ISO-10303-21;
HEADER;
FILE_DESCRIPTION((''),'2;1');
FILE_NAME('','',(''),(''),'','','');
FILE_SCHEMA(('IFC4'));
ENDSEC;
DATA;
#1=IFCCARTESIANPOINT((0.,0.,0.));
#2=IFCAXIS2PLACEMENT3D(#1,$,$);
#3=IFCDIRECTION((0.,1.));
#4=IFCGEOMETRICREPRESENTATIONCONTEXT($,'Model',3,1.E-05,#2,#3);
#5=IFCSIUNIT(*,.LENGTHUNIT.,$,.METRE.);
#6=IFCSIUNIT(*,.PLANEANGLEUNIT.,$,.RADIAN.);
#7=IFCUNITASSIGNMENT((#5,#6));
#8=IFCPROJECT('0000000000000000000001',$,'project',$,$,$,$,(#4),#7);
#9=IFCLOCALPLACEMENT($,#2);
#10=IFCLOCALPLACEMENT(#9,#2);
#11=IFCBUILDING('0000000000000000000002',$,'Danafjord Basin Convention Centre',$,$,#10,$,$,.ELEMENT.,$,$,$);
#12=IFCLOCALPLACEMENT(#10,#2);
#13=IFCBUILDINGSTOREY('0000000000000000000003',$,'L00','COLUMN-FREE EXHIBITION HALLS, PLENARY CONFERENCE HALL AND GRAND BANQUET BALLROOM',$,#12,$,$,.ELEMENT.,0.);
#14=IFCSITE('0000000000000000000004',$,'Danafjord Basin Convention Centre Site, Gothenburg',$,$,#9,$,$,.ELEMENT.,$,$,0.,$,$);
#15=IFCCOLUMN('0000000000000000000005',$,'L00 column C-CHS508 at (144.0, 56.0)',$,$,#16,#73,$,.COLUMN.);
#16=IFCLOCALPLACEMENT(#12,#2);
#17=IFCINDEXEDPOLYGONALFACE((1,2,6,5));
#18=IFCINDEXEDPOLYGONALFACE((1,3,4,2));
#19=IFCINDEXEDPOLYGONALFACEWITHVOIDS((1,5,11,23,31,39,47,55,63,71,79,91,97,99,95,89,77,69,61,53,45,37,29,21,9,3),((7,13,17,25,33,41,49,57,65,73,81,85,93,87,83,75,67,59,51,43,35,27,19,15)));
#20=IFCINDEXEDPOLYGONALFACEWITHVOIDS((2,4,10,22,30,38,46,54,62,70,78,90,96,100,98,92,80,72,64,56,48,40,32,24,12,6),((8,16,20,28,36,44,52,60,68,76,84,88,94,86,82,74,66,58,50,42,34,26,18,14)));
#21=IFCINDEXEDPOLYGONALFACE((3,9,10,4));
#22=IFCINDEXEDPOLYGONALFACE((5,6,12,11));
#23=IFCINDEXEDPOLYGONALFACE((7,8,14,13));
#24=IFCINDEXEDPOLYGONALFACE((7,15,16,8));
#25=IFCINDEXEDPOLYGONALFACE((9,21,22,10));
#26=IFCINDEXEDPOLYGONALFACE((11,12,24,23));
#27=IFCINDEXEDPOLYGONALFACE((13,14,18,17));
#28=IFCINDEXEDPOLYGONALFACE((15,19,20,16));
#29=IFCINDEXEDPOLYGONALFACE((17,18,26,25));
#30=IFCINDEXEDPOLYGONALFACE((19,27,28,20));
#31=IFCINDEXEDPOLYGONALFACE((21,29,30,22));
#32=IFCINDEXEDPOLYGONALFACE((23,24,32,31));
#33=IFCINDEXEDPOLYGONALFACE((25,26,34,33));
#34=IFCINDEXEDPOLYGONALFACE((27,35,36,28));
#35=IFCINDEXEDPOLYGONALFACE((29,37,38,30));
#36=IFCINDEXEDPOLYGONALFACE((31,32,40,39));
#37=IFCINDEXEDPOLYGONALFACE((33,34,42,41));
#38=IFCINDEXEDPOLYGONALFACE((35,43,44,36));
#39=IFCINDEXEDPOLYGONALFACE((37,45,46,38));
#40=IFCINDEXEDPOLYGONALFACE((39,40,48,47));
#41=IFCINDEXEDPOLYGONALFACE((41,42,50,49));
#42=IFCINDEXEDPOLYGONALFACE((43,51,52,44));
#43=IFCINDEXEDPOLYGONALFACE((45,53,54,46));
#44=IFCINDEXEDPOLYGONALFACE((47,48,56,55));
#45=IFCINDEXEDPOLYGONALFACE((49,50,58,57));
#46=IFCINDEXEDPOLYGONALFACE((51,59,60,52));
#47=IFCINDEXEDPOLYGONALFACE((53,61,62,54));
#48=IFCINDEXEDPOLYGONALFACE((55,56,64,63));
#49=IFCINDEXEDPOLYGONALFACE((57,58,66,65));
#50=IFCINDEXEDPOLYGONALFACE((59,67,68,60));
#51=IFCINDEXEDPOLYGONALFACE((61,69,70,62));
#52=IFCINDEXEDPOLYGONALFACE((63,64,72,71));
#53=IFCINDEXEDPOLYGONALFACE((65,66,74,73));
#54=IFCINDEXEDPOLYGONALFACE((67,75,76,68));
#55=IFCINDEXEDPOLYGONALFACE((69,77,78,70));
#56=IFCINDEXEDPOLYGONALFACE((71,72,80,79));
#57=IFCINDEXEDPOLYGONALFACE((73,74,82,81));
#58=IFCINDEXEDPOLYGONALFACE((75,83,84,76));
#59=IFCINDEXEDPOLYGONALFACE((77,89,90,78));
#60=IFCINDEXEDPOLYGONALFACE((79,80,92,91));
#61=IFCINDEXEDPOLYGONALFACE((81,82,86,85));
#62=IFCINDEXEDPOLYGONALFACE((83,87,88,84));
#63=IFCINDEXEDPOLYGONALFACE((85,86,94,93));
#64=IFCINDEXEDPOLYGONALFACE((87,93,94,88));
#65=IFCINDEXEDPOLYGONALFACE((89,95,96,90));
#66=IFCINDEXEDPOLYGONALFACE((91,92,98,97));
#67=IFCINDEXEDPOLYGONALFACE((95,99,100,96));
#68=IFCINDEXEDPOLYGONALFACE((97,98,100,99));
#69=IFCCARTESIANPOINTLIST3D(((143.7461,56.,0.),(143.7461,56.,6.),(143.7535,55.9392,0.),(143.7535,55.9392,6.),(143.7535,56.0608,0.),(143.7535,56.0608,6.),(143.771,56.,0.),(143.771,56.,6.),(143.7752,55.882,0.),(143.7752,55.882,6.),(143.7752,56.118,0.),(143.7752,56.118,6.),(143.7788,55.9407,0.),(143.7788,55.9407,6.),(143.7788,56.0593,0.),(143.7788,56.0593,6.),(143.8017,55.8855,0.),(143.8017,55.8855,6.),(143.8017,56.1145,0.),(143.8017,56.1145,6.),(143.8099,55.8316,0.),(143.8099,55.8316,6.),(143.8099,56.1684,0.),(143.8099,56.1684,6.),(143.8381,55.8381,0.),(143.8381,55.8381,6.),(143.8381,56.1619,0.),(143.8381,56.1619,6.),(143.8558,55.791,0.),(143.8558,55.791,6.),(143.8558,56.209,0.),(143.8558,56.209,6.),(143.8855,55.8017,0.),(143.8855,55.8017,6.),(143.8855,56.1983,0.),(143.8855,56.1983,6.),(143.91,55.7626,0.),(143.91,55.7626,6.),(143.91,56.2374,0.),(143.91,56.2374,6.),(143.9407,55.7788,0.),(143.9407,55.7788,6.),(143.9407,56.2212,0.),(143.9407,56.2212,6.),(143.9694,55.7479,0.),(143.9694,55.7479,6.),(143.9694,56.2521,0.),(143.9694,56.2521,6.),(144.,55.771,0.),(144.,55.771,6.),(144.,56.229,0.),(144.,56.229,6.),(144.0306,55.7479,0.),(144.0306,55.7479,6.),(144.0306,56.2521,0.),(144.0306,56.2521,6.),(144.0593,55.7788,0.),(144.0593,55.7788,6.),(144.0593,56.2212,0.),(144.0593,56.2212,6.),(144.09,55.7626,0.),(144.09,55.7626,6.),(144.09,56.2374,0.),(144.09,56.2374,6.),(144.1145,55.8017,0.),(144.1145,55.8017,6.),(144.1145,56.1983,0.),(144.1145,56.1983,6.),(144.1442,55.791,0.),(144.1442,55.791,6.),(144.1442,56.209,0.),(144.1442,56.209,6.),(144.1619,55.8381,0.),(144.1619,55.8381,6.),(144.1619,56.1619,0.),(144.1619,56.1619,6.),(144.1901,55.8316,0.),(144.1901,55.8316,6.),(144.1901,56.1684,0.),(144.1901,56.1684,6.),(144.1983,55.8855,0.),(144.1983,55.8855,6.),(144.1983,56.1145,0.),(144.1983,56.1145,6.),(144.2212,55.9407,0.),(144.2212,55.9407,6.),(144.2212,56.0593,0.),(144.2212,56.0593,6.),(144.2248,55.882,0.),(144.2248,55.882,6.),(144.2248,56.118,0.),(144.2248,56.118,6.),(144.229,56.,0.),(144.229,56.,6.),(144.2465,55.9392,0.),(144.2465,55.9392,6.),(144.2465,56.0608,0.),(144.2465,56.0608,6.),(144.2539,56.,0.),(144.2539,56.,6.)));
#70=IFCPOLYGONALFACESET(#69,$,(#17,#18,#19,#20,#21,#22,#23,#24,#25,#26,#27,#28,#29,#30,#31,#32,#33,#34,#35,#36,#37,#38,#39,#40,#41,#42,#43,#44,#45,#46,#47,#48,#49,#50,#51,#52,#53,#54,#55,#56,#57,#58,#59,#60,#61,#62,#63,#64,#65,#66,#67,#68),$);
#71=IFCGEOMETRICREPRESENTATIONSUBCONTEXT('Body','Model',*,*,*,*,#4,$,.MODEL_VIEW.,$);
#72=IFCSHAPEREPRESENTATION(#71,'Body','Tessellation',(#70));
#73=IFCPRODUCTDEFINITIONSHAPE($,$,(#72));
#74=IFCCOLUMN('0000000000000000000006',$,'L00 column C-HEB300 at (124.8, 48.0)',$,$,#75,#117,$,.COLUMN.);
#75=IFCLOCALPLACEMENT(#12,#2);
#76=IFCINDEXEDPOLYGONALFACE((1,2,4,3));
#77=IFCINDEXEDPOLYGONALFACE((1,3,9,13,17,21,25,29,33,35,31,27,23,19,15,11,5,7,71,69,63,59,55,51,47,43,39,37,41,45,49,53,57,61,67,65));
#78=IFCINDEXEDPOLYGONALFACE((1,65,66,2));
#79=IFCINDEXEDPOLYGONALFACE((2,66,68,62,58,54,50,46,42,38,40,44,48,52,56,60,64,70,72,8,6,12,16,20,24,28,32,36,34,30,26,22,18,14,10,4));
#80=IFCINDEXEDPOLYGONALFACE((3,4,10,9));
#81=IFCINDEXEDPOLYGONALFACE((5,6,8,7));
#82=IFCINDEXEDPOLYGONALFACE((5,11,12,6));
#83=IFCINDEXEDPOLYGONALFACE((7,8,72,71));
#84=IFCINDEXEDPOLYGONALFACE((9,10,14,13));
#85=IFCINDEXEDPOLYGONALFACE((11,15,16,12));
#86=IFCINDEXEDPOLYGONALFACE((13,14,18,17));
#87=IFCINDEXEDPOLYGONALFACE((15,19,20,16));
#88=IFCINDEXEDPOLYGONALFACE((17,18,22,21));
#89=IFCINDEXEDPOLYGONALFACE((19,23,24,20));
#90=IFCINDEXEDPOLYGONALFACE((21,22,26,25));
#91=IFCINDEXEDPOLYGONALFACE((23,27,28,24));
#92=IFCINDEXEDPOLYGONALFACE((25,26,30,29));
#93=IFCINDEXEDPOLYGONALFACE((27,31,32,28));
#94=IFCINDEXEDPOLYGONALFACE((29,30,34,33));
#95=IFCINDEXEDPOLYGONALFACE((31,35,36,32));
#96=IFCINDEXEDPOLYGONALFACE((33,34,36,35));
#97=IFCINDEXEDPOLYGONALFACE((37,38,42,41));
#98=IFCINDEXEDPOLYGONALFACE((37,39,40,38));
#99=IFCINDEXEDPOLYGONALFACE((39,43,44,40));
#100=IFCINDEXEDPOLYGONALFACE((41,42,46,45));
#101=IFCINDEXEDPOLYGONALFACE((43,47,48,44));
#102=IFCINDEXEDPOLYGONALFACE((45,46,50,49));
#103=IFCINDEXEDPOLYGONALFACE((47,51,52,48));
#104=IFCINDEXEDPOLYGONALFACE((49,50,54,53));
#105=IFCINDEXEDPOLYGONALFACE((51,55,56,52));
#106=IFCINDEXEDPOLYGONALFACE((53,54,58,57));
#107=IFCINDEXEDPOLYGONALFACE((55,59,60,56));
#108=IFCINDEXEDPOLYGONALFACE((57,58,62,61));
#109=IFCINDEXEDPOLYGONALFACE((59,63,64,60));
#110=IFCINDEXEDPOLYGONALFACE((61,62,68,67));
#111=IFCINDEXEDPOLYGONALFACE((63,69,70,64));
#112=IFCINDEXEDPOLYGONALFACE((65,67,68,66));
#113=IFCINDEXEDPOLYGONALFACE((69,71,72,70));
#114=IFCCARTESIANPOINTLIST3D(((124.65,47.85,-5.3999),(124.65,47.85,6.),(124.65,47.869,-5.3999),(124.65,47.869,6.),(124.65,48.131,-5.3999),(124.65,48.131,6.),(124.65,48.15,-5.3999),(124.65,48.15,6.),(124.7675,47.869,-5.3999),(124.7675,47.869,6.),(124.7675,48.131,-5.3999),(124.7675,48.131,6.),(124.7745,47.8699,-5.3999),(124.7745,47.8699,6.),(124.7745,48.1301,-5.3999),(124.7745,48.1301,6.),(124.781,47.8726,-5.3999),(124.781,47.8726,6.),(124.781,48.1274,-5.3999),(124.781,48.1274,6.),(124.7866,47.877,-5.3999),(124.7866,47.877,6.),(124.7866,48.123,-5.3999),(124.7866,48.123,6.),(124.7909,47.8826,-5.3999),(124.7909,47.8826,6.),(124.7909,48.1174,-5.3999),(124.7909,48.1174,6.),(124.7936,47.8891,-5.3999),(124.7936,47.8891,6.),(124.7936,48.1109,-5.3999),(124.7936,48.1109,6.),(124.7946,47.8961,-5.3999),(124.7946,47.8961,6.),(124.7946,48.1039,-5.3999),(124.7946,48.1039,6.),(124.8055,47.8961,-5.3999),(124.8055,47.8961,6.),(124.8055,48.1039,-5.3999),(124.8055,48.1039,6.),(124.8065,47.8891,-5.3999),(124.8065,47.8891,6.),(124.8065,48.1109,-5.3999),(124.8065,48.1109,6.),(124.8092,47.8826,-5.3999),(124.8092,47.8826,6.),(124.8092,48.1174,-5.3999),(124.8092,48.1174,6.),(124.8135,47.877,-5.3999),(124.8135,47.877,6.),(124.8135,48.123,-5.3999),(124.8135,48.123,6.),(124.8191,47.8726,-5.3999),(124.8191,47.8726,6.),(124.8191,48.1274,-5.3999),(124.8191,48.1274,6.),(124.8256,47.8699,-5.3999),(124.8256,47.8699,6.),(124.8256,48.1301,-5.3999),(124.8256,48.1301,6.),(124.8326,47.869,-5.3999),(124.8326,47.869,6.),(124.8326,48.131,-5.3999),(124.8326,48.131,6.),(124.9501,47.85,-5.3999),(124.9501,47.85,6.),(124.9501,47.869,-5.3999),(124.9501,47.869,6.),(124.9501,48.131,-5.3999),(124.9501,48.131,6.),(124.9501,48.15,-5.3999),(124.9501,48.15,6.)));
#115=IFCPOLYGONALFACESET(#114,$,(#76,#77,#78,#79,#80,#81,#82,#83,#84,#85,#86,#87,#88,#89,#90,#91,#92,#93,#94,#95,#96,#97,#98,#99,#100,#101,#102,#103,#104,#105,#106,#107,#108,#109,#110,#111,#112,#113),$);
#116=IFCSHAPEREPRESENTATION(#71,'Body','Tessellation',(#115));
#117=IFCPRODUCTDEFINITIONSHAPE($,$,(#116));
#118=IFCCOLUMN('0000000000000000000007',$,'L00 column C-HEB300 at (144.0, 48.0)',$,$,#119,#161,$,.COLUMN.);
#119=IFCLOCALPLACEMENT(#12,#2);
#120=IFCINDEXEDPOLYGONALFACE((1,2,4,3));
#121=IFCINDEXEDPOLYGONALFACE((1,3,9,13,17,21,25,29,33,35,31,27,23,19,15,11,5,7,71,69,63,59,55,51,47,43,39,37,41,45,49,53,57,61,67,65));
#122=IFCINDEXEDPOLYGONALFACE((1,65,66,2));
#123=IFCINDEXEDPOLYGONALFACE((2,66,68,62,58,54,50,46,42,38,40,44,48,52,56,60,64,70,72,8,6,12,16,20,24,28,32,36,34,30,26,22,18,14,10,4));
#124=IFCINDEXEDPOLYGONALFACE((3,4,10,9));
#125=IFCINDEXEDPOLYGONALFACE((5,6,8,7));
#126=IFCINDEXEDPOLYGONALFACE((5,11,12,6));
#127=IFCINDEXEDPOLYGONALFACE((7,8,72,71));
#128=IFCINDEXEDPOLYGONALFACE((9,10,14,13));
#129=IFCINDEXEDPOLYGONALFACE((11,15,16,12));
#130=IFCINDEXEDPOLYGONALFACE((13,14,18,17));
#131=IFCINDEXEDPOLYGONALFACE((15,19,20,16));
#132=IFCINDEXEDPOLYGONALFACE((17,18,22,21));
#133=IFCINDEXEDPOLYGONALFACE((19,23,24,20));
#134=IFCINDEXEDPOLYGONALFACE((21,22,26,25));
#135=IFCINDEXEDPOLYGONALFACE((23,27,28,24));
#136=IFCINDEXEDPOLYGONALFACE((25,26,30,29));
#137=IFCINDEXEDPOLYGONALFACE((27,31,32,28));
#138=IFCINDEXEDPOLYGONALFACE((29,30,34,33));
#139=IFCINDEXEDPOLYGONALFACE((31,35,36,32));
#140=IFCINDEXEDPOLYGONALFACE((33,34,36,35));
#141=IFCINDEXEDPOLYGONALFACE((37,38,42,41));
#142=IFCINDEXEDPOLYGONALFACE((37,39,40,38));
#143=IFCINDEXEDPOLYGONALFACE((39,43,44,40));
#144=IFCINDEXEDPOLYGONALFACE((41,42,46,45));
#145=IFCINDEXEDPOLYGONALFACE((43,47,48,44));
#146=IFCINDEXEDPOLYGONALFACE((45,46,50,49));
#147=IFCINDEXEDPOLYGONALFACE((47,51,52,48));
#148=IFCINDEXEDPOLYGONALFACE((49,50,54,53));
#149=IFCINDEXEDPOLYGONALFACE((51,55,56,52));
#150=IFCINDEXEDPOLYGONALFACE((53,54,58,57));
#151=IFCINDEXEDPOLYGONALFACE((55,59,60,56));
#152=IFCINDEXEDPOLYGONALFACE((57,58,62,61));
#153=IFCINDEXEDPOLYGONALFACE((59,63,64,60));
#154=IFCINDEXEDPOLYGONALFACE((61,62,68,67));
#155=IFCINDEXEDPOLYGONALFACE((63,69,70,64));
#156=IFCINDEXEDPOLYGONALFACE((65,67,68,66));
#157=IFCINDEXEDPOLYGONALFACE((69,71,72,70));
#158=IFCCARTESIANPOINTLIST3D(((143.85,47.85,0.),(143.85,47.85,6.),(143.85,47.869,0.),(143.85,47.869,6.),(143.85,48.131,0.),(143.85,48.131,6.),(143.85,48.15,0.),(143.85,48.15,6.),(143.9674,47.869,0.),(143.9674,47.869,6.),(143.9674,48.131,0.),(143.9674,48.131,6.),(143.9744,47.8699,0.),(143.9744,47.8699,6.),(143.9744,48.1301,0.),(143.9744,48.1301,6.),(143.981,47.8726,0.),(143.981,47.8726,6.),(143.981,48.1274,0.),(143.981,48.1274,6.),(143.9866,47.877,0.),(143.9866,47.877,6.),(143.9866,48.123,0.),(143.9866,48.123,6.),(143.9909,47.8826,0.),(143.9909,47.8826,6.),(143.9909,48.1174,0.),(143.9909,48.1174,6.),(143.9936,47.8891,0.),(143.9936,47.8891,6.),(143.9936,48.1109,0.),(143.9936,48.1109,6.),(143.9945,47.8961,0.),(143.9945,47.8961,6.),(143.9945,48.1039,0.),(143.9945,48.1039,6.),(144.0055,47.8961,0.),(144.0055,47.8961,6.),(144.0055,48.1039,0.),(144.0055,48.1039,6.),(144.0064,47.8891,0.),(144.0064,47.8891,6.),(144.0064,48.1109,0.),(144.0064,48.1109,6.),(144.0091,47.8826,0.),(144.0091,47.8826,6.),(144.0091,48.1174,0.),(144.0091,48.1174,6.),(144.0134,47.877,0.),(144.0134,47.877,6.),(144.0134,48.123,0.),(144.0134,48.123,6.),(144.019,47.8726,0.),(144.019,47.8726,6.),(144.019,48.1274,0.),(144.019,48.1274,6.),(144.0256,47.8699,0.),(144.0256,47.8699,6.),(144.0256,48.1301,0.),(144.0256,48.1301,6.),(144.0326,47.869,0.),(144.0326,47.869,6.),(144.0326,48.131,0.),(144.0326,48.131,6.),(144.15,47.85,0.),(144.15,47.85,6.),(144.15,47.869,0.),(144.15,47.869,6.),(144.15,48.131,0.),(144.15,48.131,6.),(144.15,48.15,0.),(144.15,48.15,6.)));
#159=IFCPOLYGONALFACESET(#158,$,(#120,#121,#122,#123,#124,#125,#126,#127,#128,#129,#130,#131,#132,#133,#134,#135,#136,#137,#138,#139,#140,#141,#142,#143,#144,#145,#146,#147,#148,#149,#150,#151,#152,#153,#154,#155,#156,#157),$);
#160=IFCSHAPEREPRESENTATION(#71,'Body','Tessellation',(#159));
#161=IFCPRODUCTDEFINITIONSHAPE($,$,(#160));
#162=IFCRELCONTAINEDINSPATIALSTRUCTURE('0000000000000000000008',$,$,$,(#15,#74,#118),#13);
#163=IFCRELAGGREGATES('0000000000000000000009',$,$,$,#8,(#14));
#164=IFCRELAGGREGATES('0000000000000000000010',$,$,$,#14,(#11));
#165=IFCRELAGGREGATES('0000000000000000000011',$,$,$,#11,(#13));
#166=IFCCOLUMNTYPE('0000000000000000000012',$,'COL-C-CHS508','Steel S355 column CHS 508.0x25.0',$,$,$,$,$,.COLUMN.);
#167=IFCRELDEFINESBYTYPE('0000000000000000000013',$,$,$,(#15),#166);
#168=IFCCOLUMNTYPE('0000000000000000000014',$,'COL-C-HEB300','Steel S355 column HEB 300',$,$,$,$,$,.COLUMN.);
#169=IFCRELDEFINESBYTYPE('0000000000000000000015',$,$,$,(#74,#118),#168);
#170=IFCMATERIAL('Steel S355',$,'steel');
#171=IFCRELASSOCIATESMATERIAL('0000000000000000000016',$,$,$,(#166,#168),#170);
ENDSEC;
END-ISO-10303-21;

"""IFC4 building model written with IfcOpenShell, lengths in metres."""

from ifc_helpers import new_model, si_unit, direction, frame, origin, origin_2d, place, context, subcontext, project, spatial, hollow_circle, i_section, extrude, material, material_profile, profile_set, type_object, element, save


model = new_model("IFC4")

# Units and contexts
model_context = context("Model", 3, precision=1e-05, world=origin(), true_north=direction((0.0, 1.0)))
body_context = subcontext(model_context, "Body", "Model", "MODEL_VIEW")
ifc_project = project(units=[si_unit("LENGTHUNIT", "METRE"), si_unit("PLANEANGLEUNIT", "RADIAN")], contexts=[model_context])

# Site, building, storey
site_placement = place(None, origin())
site = spatial("IfcSite", under=ifc_project, at=site_placement, Name="Danafjord Basin Convention Centre Site, Gothenburg", CompositionType="ELEMENT", RefElevation=0.0)
building_placement = place(site_placement, origin())
building = spatial("IfcBuilding", under=site, at=building_placement, Name="Danafjord Basin Convention Centre", CompositionType="ELEMENT")
storey_placement = place(building_placement, origin())
storey = spatial("IfcBuildingStorey", under=building, at=storey_placement, Name="L00", Description="COLUMN-FREE EXHIBITION HALLS, PLENARY CONFERENCE HALL AND GRAND BANQUET BALLROOM", CompositionType="ELEMENT", Elevation=0.0)

# Columns
ifc_material_1 = material(Name="Steel S355", Category="steel")
ifc_material_profile_1 = material_profile(ifc_material_1, hollow_circle(Radius=0.2539, WallThickness=0.0249, at=origin_2d()), Name="CHS 508.0x25.0")
ifc_profile_set_1 = profile_set([ifc_material_profile_1], Name="Steel S355")
column_type_1 = type_object("IfcColumnType", Name="COL-C-CHS508", Description="Steel S355 column CHS 508.0x25.0", PredefinedType="COLUMN", material=ifc_profile_set_1)
column_1_placement = place(storey_placement, frame((144.0, 56.0, 0.0), z_axis=(0.0, 0.0, 1.0), x_axis=(1.0, 0.0, 0.0)))
element("IfcColumn", 1, at=column_1_placement, inside=storey, type_object=column_type_1, Name="L00 column C-CHS508 at (144.0, 56.0)", PredefinedType="COLUMN", context=body_context, shape_type="SweptSolid", body=[
    extrude(hollow_circle(Radius=0.2539, WallThickness=0.0249, at=origin_2d()), origin(), (0.0, 0.0, 1.0), 6.0),
])
ifc_material_profile_2 = material_profile(ifc_material_1, i_section(OverallWidth=0.3, OverallDepth=0.3, WebThickness=0.011, FlangeThickness=0.019, FilletRadius=0.0271, at=origin_2d()), Name="HEB 300")
ifc_profile_set_2 = profile_set([ifc_material_profile_2], Name="Steel S355")
column_type_2 = type_object("IfcColumnType", Name="COL-C-HEB300", Description="Steel S355 column HEB 300", PredefinedType="COLUMN", material=ifc_profile_set_2)
column_2_placement = place(storey_placement, frame((124.8, 48.0, -5.3999), z_axis=(0.0, 0.0, 1.0), x_axis=(1.0, 0.0, 0.0)))
element("IfcColumn", 2, at=column_2_placement, inside=storey, type_object=column_type_2, Name="L00 column C-HEB300 at (124.8, 48.0)", PredefinedType="COLUMN", context=body_context, shape_type="SweptSolid", body=[
    extrude(i_section(OverallWidth=0.3, OverallDepth=0.3, WebThickness=0.011, FlangeThickness=0.019, FilletRadius=0.0271, at=origin_2d()), origin(), (0.0, 0.0, 1.0), 11.3999),
])
column_3_placement = place(storey_placement, frame((144.0, 48.0, 0.0), z_axis=(0.0, 0.0, 1.0), x_axis=(1.0, 0.0, 0.0)))
element("IfcColumn", 3, at=column_3_placement, inside=storey, type_object=column_type_2, Name="L00 column C-HEB300 at (144.0, 48.0)", PredefinedType="COLUMN", context=body_context, shape_type="SweptSolid", body=[
    extrude(i_section(OverallWidth=0.3, OverallDepth=0.3, WebThickness=0.011, FlangeThickness=0.019, FilletRadius=0.0271, at=origin_2d()), origin(), (0.0, 0.0, 1.0), 6.0),
])

save(model, "model.ifc")
